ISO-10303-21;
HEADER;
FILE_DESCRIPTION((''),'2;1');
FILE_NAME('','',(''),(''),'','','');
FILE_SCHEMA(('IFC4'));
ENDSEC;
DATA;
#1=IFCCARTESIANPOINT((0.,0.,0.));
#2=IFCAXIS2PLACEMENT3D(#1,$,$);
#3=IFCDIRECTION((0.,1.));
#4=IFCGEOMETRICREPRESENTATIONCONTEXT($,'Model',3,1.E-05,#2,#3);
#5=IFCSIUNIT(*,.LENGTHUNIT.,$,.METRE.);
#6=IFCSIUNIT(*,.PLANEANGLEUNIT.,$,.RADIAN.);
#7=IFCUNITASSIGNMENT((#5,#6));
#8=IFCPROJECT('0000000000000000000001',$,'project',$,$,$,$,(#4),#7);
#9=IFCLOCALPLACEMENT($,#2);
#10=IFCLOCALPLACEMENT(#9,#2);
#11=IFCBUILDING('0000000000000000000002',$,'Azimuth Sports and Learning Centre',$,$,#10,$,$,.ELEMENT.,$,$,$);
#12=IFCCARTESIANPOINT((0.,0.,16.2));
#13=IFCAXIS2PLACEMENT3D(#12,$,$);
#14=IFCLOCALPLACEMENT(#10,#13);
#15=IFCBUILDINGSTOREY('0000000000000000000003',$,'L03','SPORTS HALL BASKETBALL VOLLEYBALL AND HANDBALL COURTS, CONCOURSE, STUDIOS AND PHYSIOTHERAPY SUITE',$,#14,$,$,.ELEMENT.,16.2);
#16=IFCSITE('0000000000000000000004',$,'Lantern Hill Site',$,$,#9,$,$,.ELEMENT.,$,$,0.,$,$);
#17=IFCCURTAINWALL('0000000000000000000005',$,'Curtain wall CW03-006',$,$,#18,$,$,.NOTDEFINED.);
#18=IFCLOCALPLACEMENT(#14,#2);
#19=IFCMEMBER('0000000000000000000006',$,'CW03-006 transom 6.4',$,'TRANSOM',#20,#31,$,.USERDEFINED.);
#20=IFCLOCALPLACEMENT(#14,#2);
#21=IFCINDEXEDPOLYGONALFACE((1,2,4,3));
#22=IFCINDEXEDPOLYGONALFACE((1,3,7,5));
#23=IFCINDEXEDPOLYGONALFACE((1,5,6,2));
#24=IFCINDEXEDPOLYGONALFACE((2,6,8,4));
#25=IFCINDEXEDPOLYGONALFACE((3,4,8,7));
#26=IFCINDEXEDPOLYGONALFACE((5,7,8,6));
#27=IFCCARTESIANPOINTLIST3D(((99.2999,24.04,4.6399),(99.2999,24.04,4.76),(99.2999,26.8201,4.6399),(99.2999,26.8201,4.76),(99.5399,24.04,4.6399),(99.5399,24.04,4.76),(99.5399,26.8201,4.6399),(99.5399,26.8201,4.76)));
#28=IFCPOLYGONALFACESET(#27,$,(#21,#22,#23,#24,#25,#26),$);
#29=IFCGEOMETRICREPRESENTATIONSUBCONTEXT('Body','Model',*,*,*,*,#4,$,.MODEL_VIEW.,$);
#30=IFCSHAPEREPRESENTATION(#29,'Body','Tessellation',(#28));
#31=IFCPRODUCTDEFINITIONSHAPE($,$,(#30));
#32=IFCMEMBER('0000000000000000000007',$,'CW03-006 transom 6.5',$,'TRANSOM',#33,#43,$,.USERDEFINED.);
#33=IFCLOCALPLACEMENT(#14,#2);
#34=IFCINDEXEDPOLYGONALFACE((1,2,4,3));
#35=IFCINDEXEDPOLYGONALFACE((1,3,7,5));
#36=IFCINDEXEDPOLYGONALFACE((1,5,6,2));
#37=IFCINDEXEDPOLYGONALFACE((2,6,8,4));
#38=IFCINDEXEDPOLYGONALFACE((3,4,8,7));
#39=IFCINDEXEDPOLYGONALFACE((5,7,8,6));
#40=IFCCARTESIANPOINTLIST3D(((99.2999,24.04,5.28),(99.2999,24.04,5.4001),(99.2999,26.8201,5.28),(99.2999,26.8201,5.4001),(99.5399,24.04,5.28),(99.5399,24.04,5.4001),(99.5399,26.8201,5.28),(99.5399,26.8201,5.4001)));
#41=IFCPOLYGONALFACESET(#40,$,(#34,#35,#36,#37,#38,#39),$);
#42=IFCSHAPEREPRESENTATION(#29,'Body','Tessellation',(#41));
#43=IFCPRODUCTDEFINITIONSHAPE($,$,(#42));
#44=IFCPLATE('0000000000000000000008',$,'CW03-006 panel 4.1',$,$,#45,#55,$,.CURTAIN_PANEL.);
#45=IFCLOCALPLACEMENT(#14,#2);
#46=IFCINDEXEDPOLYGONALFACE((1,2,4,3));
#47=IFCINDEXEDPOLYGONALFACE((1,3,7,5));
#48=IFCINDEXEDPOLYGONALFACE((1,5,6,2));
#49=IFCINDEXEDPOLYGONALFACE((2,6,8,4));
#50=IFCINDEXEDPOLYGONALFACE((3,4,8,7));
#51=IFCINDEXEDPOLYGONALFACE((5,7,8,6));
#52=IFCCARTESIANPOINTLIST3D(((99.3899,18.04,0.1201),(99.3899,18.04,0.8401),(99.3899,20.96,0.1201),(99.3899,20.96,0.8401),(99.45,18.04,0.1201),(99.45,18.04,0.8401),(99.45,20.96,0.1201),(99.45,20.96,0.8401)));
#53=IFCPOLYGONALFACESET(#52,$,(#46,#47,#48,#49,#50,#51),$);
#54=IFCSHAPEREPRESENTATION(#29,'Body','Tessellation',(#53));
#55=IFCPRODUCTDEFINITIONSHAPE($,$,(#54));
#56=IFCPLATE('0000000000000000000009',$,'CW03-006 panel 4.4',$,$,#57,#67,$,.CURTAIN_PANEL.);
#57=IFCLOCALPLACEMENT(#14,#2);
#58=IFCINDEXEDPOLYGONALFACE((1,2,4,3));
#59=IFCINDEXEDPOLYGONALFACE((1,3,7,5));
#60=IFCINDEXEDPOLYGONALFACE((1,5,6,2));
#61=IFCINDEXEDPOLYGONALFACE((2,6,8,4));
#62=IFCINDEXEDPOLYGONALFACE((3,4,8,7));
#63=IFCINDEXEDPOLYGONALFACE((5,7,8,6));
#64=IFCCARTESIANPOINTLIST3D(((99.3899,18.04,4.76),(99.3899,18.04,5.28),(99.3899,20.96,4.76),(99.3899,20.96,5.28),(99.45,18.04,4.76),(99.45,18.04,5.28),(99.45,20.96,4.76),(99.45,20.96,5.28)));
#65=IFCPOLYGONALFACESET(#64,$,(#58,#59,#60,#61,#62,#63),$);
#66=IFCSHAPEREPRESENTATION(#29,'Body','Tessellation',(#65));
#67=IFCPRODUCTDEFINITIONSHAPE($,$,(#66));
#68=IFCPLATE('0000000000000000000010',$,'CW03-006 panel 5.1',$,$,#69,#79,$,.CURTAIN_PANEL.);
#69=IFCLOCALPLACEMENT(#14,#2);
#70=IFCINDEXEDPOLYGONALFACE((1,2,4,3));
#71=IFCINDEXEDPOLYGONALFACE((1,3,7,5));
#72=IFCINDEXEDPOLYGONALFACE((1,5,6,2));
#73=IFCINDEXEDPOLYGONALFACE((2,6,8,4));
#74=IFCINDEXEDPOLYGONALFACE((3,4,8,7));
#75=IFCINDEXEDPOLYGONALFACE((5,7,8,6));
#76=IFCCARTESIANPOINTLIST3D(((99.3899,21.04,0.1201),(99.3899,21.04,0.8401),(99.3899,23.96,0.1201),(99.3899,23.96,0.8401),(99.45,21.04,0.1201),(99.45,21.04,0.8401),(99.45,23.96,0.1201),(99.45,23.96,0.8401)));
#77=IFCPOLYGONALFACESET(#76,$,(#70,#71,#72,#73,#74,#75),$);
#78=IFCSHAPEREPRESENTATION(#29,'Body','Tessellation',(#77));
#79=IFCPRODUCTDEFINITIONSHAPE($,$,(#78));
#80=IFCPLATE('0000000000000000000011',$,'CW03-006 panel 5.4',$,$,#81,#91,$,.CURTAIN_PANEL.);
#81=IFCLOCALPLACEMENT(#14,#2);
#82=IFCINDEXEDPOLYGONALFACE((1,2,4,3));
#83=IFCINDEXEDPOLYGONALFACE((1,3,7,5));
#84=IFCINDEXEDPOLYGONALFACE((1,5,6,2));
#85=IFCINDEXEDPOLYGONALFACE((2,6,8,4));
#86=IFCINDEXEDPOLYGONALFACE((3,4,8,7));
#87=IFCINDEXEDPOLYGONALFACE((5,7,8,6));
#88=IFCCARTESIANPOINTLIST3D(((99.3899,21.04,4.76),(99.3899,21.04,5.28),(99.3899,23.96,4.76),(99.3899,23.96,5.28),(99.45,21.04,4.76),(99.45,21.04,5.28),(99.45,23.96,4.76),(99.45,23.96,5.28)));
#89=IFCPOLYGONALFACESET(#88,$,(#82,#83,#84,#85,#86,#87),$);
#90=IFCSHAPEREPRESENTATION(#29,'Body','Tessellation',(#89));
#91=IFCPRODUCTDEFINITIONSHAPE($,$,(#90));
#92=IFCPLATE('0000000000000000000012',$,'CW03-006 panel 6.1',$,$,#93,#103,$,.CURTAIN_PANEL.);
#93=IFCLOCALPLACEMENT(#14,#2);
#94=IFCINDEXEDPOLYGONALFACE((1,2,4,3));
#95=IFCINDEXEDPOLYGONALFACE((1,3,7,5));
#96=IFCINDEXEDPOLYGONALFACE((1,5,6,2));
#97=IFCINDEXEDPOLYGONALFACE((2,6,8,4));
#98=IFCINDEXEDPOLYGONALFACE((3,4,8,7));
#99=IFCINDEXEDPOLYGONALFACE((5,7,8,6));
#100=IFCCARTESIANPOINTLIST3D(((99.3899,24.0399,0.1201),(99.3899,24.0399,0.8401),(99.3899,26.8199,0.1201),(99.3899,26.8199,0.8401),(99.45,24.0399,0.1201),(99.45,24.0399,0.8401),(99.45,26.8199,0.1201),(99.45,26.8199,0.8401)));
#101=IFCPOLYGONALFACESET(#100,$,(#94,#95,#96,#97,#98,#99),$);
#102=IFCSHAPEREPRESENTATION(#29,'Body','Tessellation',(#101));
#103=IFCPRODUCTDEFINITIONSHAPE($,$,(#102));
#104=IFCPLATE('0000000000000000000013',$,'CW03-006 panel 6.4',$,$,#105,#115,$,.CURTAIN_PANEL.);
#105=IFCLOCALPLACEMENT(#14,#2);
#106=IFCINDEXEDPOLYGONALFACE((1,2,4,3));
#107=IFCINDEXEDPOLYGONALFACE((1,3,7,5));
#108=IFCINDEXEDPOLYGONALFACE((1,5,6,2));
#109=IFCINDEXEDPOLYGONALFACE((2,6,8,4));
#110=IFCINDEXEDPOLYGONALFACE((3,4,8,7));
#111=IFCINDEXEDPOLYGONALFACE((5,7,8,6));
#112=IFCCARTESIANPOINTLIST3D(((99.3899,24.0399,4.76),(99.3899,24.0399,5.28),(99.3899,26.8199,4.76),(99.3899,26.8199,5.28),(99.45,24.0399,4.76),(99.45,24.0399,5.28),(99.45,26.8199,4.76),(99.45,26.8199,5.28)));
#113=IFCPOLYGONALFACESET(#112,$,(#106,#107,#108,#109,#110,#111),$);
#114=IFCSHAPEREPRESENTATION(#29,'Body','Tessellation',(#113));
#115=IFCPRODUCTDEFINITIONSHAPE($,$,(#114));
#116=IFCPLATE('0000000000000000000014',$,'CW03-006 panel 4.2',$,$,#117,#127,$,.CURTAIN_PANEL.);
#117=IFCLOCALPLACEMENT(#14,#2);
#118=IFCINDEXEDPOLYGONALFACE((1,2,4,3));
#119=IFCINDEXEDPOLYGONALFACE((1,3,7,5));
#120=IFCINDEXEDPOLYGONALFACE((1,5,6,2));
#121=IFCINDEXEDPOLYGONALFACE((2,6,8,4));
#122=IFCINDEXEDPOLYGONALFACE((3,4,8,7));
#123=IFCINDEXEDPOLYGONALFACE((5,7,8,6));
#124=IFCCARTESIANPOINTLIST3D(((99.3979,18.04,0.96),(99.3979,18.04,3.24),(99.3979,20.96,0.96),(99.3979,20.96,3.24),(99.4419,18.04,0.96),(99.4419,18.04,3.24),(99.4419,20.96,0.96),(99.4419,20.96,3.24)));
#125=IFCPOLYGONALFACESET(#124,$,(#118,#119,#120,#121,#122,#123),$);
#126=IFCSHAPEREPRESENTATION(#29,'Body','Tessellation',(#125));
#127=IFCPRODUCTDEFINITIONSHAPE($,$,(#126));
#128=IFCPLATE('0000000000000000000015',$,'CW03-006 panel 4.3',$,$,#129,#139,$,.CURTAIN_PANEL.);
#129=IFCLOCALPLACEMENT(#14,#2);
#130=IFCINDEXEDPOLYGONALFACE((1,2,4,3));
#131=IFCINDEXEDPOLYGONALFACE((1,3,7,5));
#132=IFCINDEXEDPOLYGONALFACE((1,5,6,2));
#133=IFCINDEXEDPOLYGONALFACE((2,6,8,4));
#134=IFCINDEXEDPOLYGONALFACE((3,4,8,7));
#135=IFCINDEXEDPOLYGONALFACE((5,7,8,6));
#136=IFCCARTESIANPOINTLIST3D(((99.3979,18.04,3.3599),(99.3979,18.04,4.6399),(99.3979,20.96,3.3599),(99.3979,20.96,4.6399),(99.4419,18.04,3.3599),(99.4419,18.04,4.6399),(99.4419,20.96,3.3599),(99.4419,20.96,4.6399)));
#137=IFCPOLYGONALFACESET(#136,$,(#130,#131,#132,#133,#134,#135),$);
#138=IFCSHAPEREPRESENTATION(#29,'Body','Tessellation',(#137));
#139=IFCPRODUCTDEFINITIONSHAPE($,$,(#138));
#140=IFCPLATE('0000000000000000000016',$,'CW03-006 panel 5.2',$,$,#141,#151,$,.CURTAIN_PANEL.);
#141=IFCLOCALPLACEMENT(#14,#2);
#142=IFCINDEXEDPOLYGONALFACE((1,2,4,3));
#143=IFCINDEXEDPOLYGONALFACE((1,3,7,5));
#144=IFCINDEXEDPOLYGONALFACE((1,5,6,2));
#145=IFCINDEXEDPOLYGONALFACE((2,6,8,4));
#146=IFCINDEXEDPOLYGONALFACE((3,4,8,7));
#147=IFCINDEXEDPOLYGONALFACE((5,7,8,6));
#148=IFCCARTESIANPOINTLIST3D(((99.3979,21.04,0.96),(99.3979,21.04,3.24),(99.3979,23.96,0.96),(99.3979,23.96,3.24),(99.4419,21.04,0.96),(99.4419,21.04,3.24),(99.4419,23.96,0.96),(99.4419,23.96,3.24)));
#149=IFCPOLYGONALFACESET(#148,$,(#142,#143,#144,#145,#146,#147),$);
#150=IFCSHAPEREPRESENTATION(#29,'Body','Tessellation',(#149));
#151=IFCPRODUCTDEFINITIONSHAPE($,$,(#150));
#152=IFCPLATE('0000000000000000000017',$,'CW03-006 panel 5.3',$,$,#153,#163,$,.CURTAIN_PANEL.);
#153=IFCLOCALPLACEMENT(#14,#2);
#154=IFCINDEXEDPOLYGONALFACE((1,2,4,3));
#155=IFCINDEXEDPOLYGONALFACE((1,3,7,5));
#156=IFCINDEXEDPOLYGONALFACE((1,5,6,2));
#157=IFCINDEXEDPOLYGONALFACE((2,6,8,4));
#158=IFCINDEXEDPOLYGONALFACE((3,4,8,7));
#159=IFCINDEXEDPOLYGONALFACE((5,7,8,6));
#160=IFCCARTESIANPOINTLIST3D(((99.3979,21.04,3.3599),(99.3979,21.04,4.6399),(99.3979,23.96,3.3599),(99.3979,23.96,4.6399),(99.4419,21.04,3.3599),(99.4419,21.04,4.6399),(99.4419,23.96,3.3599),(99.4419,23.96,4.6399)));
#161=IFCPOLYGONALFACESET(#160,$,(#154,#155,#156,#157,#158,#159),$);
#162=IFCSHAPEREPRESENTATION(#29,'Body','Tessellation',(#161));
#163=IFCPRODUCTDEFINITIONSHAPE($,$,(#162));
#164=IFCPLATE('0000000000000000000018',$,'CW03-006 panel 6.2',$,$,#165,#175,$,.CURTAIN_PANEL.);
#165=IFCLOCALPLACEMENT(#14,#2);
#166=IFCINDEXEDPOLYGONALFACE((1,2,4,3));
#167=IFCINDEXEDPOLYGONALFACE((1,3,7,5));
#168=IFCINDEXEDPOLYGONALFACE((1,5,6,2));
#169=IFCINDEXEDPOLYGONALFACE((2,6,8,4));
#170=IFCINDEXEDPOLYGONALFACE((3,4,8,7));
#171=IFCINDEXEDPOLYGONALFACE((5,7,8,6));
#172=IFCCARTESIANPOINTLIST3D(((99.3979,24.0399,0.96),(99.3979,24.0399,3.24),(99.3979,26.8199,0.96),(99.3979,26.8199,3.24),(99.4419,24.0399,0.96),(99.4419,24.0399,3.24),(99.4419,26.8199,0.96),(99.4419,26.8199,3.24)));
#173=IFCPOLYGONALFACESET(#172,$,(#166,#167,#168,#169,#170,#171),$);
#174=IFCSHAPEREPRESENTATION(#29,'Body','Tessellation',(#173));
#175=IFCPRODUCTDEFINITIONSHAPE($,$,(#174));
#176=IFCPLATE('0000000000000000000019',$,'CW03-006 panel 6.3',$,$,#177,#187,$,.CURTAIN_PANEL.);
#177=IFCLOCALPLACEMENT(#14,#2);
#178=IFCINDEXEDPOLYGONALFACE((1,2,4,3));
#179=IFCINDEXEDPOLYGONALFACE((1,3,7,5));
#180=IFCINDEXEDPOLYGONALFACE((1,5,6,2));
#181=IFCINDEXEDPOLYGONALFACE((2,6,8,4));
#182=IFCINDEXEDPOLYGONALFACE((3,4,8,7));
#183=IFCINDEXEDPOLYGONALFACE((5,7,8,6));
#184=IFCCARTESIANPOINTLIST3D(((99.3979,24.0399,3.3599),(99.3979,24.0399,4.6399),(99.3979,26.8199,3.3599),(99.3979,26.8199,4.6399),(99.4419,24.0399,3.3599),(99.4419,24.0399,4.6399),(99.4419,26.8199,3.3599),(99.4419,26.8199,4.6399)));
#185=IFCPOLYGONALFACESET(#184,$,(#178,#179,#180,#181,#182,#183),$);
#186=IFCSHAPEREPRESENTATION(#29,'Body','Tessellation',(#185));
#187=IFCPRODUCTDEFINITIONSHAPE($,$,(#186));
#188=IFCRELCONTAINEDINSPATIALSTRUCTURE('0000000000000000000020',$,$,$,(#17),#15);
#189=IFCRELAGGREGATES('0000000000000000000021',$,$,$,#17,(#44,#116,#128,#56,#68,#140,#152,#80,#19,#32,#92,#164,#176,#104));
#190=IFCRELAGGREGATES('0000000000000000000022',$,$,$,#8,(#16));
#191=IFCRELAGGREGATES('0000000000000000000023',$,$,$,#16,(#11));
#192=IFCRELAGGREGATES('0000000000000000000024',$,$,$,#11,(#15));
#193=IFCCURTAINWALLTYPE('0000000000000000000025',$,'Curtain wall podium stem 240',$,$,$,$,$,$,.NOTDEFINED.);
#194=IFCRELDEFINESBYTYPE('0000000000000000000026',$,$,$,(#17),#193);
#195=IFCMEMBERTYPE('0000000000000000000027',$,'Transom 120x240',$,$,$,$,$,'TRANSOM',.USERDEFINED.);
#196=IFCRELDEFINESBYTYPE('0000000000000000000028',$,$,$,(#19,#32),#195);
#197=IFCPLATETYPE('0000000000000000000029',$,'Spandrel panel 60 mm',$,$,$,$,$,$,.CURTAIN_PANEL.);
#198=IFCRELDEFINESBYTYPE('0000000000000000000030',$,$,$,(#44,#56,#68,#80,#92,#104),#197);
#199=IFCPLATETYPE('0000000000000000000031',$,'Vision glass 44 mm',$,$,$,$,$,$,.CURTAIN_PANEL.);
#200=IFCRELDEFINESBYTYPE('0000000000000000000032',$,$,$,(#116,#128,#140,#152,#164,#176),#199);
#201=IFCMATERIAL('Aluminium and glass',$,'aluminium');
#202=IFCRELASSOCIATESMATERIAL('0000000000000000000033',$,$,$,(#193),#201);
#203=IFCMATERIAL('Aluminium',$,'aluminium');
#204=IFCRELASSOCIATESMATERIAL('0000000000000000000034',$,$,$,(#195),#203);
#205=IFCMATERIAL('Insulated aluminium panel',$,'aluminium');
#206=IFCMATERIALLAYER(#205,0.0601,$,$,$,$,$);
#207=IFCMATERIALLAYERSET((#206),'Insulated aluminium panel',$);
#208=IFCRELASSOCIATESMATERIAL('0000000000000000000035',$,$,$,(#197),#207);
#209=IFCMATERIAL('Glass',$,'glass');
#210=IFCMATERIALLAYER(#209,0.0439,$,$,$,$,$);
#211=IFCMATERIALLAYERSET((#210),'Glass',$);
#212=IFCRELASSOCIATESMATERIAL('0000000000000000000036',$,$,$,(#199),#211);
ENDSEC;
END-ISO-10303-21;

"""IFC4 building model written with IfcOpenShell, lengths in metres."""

from ifc_helpers import new_model, si_unit, direction, frame, origin, origin_2d, place, context, subcontext, project, spatial, rectangle, extrude, material, layer, layer_set, material_profile, profile_set, type_object, element, aggregate, save


model = new_model("IFC4")

# Units and contexts
model_context = context("Model", 3, precision=1e-05, world=origin(), true_north=direction((0.0, 1.0)))
body_context = subcontext(model_context, "Body", "Model", "MODEL_VIEW")
ifc_project = project(units=[si_unit("LENGTHUNIT", "METRE"), si_unit("PLANEANGLEUNIT", "RADIAN")], contexts=[model_context])

# Site, building, storey
site_placement = place(None, origin())
site = spatial("IfcSite", under=ifc_project, at=site_placement, Name="Lantern Hill Site", CompositionType="ELEMENT", RefElevation=0.0)
building_placement = place(site_placement, origin())
building = spatial("IfcBuilding", under=site, at=building_placement, Name="Azimuth Sports and Learning Centre", CompositionType="ELEMENT")
storey_placement = place(building_placement, frame((0.0, 0.0, 16.2)))
storey = spatial("IfcBuildingStorey", under=building, at=storey_placement, Name="L03", Description="SPORTS HALL BASKETBALL VOLLEYBALL AND HANDBALL COURTS, CONCOURSE, STUDIOS AND PHYSIOTHERAPY SUITE", CompositionType="ELEMENT", Elevation=16.2)

# Curtain wall, members, plates
ifc_material_1 = material(Name="Aluminium and glass", Category="aluminium")
curtain_wall_type = type_object("IfcCurtainWallType", Name="Curtain wall podium stem 240", PredefinedType="NOTDEFINED", material=ifc_material_1)
curtain_wall_placement = place(storey_placement, origin())
curtain_wall = element("IfcCurtainWall", 1, at=curtain_wall_placement, inside=storey, type_object=curtain_wall_type, Name="Curtain wall CW03-006", PredefinedType="NOTDEFINED")
ifc_material_2 = material(Name="Aluminium", Category="aluminium")
ifc_material_profile_1 = material_profile(ifc_material_2, rectangle(XDim=0.24, YDim=0.1201, at=origin_2d()), Name="Transom 120x240")
ifc_profile_set_1 = profile_set([ifc_material_profile_1], Name="Aluminium")
member_type_1 = type_object("IfcMemberType", Name="Transom 120x240", ElementType="TRANSOM", PredefinedType="USERDEFINED", material=ifc_profile_set_1)
member_1_placement = place(storey_placement, frame((99.4199, 24.04, 4.7), z_axis=(0.0, 1.0, 0.0), x_axis=(-1.0, 0.0, 0.0)))
member_1 = element("IfcMember", 2, at=member_1_placement, type_object=member_type_1, Name="CW03-006 transom 6.4", ObjectType="TRANSOM", PredefinedType="USERDEFINED", context=body_context, shape_type="SweptSolid", body=[
    extrude(rectangle(XDim=0.24, YDim=0.1201, at=origin_2d()), origin(), (0.0, 0.0, 1.0), 2.78),
])
member_2_placement = place(storey_placement, frame((99.4199, 24.04, 5.3401), z_axis=(0.0, 1.0, 0.0), x_axis=(-1.0, 0.0, 0.0)))
member_2 = element("IfcMember", 3, at=member_2_placement, type_object=member_type_1, Name="CW03-006 transom 6.5", ObjectType="TRANSOM", PredefinedType="USERDEFINED", context=body_context, shape_type="SweptSolid", body=[
    extrude(rectangle(XDim=0.24, YDim=0.1201, at=origin_2d()), origin(), (0.0, 0.0, 1.0), 2.78),
])
ifc_material_3 = material(Name="Insulated aluminium panel", Category="aluminium")
ifc_layer_1 = layer(ifc_material_3, 0.0601)
ifc_layer_set_1 = layer_set([ifc_layer_1], Name="Insulated aluminium panel")
plate_type_1 = type_object("IfcPlateType", Name="Spandrel panel 60 mm", PredefinedType="CURTAIN_PANEL", material=ifc_layer_set_1)
plate_1_placement = place(storey_placement, frame((99.4199, 19.5, 0.1201), z_axis=(0.0, 0.0, 1.0), x_axis=(0.0, 1.0, 0.0)))
plate_1 = element("IfcPlate", 4, at=plate_1_placement, type_object=plate_type_1, Name="CW03-006 panel 4.1", PredefinedType="CURTAIN_PANEL", context=body_context, shape_type="SweptSolid", body=[
    extrude(rectangle(XDim=2.9199, YDim=0.0601, at=origin_2d()), origin(), (0.0, 0.0, 1.0), 0.72),
])
plate_2_placement = place(storey_placement, frame((99.4199, 19.5, 4.76), z_axis=(0.0, 0.0, 1.0), x_axis=(0.0, 1.0, 0.0)))
plate_2 = element("IfcPlate", 5, at=plate_2_placement, type_object=plate_type_1, Name="CW03-006 panel 4.4", PredefinedType="CURTAIN_PANEL", context=body_context, shape_type="SweptSolid", body=[
    extrude(rectangle(XDim=2.9199, YDim=0.0601, at=origin_2d()), origin(), (0.0, 0.0, 1.0), 0.52),
])
plate_3_placement = place(storey_placement, frame((99.4199, 22.5, 0.1201), z_axis=(0.0, 0.0, 1.0), x_axis=(0.0, 1.0, 0.0)))
plate_3 = element("IfcPlate", 6, at=plate_3_placement, type_object=plate_type_1, Name="CW03-006 panel 5.1", PredefinedType="CURTAIN_PANEL", context=body_context, shape_type="SweptSolid", body=[
    extrude(rectangle(XDim=2.9199, YDim=0.0601, at=origin_2d()), origin(), (0.0, 0.0, 1.0), 0.72),
])
plate_4_placement = place(storey_placement, frame((99.4199, 22.5, 4.76), z_axis=(0.0, 0.0, 1.0), x_axis=(0.0, 1.0, 0.0)))
plate_4 = element("IfcPlate", 7, at=plate_4_placement, type_object=plate_type_1, Name="CW03-006 panel 5.4", PredefinedType="CURTAIN_PANEL", context=body_context, shape_type="SweptSolid", body=[
    extrude(rectangle(XDim=2.9199, YDim=0.0601, at=origin_2d()), origin(), (0.0, 0.0, 1.0), 0.52),
])
plate_5_placement = place(storey_placement, frame((99.4199, 25.4299, 0.1201), z_axis=(0.0, 0.0, 1.0), x_axis=(0.0, 1.0, 0.0)))
plate_5 = element("IfcPlate", 8, at=plate_5_placement, type_object=plate_type_1, Name="CW03-006 panel 6.1", PredefinedType="CURTAIN_PANEL", context=body_context, shape_type="SweptSolid", body=[
    extrude(rectangle(XDim=2.78, YDim=0.0601, at=origin_2d()), origin(), (0.0, 0.0, 1.0), 0.72),
])
plate_6_placement = place(storey_placement, frame((99.4199, 25.4299, 4.76), z_axis=(0.0, 0.0, 1.0), x_axis=(0.0, 1.0, 0.0)))
plate_6 = element("IfcPlate", 9, at=plate_6_placement, type_object=plate_type_1, Name="CW03-006 panel 6.4", PredefinedType="CURTAIN_PANEL", context=body_context, shape_type="SweptSolid", body=[
    extrude(rectangle(XDim=2.78, YDim=0.0601, at=origin_2d()), origin(), (0.0, 0.0, 1.0), 0.52),
])
ifc_material_4 = material(Name="Glass", Category="glass")
ifc_layer_2 = layer(ifc_material_4, 0.0439)
ifc_layer_set_2 = layer_set([ifc_layer_2], Name="Glass")
plate_type_2 = type_object("IfcPlateType", Name="Vision glass 44 mm", PredefinedType="CURTAIN_PANEL", material=ifc_layer_set_2)
plate_7_placement = place(storey_placement, frame((99.4199, 19.5, 0.96), z_axis=(0.0, 0.0, 1.0), x_axis=(0.0, 1.0, 0.0)))
plate_7 = element("IfcPlate", 10, at=plate_7_placement, type_object=plate_type_2, Name="CW03-006 panel 4.2", PredefinedType="CURTAIN_PANEL", context=body_context, shape_type="SweptSolid", body=[
    extrude(rectangle(XDim=2.9199, YDim=0.0439, at=origin_2d()), origin(), (0.0, 0.0, 1.0), 2.28),
])
plate_8_placement = place(storey_placement, frame((99.4199, 19.5, 3.3599), z_axis=(0.0, 0.0, 1.0), x_axis=(0.0, 1.0, 0.0)))
plate_8 = element("IfcPlate", 11, at=plate_8_placement, type_object=plate_type_2, Name="CW03-006 panel 4.3", PredefinedType="CURTAIN_PANEL", context=body_context, shape_type="SweptSolid", body=[
    extrude(rectangle(XDim=2.9199, YDim=0.0439, at=origin_2d()), origin(), (0.0, 0.0, 1.0), 1.28),
])
plate_9_placement = place(storey_placement, frame((99.4199, 22.5, 0.96), z_axis=(0.0, 0.0, 1.0), x_axis=(0.0, 1.0, 0.0)))
plate_9 = element("IfcPlate", 12, at=plate_9_placement, type_object=plate_type_2, Name="CW03-006 panel 5.2", PredefinedType="CURTAIN_PANEL", context=body_context, shape_type="SweptSolid", body=[
    extrude(rectangle(XDim=2.9199, YDim=0.0439, at=origin_2d()), origin(), (0.0, 0.0, 1.0), 2.28),
])
plate_10_placement = place(storey_placement, frame((99.4199, 22.5, 3.3599), z_axis=(0.0, 0.0, 1.0), x_axis=(0.0, 1.0, 0.0)))
plate_10 = element("IfcPlate", 13, at=plate_10_placement, type_object=plate_type_2, Name="CW03-006 panel 5.3", PredefinedType="CURTAIN_PANEL", context=body_context, shape_type="SweptSolid", body=[
    extrude(rectangle(XDim=2.9199, YDim=0.0439, at=origin_2d()), origin(), (0.0, 0.0, 1.0), 1.28),
])
plate_11_placement = place(storey_placement, frame((99.4199, 25.4299, 0.96), z_axis=(0.0, 0.0, 1.0), x_axis=(0.0, 1.0, 0.0)))
plate_11 = element("IfcPlate", 14, at=plate_11_placement, type_object=plate_type_2, Name="CW03-006 panel 6.2", PredefinedType="CURTAIN_PANEL", context=body_context, shape_type="SweptSolid", body=[
    extrude(rectangle(XDim=2.78, YDim=0.0439, at=origin_2d()), origin(), (0.0, 0.0, 1.0), 2.28),
])
plate_12_placement = place(storey_placement, frame((99.4199, 25.4299, 3.3599), z_axis=(0.0, 0.0, 1.0), x_axis=(0.0, 1.0, 0.0)))
plate_12 = element("IfcPlate", 15, at=plate_12_placement, type_object=plate_type_2, Name="CW03-006 panel 6.3", PredefinedType="CURTAIN_PANEL", context=body_context, shape_type="SweptSolid", body=[
    extrude(rectangle(XDim=2.78, YDim=0.0439, at=origin_2d()), origin(), (0.0, 0.0, 1.0), 1.28),
])
aggregate(curtain_wall, [plate_1, plate_7, plate_8, plate_2, plate_3, plate_9, plate_10, plate_4, member_1, member_2, plate_5, plate_11, plate_12, plate_6])

save(model, "model.ifc")
